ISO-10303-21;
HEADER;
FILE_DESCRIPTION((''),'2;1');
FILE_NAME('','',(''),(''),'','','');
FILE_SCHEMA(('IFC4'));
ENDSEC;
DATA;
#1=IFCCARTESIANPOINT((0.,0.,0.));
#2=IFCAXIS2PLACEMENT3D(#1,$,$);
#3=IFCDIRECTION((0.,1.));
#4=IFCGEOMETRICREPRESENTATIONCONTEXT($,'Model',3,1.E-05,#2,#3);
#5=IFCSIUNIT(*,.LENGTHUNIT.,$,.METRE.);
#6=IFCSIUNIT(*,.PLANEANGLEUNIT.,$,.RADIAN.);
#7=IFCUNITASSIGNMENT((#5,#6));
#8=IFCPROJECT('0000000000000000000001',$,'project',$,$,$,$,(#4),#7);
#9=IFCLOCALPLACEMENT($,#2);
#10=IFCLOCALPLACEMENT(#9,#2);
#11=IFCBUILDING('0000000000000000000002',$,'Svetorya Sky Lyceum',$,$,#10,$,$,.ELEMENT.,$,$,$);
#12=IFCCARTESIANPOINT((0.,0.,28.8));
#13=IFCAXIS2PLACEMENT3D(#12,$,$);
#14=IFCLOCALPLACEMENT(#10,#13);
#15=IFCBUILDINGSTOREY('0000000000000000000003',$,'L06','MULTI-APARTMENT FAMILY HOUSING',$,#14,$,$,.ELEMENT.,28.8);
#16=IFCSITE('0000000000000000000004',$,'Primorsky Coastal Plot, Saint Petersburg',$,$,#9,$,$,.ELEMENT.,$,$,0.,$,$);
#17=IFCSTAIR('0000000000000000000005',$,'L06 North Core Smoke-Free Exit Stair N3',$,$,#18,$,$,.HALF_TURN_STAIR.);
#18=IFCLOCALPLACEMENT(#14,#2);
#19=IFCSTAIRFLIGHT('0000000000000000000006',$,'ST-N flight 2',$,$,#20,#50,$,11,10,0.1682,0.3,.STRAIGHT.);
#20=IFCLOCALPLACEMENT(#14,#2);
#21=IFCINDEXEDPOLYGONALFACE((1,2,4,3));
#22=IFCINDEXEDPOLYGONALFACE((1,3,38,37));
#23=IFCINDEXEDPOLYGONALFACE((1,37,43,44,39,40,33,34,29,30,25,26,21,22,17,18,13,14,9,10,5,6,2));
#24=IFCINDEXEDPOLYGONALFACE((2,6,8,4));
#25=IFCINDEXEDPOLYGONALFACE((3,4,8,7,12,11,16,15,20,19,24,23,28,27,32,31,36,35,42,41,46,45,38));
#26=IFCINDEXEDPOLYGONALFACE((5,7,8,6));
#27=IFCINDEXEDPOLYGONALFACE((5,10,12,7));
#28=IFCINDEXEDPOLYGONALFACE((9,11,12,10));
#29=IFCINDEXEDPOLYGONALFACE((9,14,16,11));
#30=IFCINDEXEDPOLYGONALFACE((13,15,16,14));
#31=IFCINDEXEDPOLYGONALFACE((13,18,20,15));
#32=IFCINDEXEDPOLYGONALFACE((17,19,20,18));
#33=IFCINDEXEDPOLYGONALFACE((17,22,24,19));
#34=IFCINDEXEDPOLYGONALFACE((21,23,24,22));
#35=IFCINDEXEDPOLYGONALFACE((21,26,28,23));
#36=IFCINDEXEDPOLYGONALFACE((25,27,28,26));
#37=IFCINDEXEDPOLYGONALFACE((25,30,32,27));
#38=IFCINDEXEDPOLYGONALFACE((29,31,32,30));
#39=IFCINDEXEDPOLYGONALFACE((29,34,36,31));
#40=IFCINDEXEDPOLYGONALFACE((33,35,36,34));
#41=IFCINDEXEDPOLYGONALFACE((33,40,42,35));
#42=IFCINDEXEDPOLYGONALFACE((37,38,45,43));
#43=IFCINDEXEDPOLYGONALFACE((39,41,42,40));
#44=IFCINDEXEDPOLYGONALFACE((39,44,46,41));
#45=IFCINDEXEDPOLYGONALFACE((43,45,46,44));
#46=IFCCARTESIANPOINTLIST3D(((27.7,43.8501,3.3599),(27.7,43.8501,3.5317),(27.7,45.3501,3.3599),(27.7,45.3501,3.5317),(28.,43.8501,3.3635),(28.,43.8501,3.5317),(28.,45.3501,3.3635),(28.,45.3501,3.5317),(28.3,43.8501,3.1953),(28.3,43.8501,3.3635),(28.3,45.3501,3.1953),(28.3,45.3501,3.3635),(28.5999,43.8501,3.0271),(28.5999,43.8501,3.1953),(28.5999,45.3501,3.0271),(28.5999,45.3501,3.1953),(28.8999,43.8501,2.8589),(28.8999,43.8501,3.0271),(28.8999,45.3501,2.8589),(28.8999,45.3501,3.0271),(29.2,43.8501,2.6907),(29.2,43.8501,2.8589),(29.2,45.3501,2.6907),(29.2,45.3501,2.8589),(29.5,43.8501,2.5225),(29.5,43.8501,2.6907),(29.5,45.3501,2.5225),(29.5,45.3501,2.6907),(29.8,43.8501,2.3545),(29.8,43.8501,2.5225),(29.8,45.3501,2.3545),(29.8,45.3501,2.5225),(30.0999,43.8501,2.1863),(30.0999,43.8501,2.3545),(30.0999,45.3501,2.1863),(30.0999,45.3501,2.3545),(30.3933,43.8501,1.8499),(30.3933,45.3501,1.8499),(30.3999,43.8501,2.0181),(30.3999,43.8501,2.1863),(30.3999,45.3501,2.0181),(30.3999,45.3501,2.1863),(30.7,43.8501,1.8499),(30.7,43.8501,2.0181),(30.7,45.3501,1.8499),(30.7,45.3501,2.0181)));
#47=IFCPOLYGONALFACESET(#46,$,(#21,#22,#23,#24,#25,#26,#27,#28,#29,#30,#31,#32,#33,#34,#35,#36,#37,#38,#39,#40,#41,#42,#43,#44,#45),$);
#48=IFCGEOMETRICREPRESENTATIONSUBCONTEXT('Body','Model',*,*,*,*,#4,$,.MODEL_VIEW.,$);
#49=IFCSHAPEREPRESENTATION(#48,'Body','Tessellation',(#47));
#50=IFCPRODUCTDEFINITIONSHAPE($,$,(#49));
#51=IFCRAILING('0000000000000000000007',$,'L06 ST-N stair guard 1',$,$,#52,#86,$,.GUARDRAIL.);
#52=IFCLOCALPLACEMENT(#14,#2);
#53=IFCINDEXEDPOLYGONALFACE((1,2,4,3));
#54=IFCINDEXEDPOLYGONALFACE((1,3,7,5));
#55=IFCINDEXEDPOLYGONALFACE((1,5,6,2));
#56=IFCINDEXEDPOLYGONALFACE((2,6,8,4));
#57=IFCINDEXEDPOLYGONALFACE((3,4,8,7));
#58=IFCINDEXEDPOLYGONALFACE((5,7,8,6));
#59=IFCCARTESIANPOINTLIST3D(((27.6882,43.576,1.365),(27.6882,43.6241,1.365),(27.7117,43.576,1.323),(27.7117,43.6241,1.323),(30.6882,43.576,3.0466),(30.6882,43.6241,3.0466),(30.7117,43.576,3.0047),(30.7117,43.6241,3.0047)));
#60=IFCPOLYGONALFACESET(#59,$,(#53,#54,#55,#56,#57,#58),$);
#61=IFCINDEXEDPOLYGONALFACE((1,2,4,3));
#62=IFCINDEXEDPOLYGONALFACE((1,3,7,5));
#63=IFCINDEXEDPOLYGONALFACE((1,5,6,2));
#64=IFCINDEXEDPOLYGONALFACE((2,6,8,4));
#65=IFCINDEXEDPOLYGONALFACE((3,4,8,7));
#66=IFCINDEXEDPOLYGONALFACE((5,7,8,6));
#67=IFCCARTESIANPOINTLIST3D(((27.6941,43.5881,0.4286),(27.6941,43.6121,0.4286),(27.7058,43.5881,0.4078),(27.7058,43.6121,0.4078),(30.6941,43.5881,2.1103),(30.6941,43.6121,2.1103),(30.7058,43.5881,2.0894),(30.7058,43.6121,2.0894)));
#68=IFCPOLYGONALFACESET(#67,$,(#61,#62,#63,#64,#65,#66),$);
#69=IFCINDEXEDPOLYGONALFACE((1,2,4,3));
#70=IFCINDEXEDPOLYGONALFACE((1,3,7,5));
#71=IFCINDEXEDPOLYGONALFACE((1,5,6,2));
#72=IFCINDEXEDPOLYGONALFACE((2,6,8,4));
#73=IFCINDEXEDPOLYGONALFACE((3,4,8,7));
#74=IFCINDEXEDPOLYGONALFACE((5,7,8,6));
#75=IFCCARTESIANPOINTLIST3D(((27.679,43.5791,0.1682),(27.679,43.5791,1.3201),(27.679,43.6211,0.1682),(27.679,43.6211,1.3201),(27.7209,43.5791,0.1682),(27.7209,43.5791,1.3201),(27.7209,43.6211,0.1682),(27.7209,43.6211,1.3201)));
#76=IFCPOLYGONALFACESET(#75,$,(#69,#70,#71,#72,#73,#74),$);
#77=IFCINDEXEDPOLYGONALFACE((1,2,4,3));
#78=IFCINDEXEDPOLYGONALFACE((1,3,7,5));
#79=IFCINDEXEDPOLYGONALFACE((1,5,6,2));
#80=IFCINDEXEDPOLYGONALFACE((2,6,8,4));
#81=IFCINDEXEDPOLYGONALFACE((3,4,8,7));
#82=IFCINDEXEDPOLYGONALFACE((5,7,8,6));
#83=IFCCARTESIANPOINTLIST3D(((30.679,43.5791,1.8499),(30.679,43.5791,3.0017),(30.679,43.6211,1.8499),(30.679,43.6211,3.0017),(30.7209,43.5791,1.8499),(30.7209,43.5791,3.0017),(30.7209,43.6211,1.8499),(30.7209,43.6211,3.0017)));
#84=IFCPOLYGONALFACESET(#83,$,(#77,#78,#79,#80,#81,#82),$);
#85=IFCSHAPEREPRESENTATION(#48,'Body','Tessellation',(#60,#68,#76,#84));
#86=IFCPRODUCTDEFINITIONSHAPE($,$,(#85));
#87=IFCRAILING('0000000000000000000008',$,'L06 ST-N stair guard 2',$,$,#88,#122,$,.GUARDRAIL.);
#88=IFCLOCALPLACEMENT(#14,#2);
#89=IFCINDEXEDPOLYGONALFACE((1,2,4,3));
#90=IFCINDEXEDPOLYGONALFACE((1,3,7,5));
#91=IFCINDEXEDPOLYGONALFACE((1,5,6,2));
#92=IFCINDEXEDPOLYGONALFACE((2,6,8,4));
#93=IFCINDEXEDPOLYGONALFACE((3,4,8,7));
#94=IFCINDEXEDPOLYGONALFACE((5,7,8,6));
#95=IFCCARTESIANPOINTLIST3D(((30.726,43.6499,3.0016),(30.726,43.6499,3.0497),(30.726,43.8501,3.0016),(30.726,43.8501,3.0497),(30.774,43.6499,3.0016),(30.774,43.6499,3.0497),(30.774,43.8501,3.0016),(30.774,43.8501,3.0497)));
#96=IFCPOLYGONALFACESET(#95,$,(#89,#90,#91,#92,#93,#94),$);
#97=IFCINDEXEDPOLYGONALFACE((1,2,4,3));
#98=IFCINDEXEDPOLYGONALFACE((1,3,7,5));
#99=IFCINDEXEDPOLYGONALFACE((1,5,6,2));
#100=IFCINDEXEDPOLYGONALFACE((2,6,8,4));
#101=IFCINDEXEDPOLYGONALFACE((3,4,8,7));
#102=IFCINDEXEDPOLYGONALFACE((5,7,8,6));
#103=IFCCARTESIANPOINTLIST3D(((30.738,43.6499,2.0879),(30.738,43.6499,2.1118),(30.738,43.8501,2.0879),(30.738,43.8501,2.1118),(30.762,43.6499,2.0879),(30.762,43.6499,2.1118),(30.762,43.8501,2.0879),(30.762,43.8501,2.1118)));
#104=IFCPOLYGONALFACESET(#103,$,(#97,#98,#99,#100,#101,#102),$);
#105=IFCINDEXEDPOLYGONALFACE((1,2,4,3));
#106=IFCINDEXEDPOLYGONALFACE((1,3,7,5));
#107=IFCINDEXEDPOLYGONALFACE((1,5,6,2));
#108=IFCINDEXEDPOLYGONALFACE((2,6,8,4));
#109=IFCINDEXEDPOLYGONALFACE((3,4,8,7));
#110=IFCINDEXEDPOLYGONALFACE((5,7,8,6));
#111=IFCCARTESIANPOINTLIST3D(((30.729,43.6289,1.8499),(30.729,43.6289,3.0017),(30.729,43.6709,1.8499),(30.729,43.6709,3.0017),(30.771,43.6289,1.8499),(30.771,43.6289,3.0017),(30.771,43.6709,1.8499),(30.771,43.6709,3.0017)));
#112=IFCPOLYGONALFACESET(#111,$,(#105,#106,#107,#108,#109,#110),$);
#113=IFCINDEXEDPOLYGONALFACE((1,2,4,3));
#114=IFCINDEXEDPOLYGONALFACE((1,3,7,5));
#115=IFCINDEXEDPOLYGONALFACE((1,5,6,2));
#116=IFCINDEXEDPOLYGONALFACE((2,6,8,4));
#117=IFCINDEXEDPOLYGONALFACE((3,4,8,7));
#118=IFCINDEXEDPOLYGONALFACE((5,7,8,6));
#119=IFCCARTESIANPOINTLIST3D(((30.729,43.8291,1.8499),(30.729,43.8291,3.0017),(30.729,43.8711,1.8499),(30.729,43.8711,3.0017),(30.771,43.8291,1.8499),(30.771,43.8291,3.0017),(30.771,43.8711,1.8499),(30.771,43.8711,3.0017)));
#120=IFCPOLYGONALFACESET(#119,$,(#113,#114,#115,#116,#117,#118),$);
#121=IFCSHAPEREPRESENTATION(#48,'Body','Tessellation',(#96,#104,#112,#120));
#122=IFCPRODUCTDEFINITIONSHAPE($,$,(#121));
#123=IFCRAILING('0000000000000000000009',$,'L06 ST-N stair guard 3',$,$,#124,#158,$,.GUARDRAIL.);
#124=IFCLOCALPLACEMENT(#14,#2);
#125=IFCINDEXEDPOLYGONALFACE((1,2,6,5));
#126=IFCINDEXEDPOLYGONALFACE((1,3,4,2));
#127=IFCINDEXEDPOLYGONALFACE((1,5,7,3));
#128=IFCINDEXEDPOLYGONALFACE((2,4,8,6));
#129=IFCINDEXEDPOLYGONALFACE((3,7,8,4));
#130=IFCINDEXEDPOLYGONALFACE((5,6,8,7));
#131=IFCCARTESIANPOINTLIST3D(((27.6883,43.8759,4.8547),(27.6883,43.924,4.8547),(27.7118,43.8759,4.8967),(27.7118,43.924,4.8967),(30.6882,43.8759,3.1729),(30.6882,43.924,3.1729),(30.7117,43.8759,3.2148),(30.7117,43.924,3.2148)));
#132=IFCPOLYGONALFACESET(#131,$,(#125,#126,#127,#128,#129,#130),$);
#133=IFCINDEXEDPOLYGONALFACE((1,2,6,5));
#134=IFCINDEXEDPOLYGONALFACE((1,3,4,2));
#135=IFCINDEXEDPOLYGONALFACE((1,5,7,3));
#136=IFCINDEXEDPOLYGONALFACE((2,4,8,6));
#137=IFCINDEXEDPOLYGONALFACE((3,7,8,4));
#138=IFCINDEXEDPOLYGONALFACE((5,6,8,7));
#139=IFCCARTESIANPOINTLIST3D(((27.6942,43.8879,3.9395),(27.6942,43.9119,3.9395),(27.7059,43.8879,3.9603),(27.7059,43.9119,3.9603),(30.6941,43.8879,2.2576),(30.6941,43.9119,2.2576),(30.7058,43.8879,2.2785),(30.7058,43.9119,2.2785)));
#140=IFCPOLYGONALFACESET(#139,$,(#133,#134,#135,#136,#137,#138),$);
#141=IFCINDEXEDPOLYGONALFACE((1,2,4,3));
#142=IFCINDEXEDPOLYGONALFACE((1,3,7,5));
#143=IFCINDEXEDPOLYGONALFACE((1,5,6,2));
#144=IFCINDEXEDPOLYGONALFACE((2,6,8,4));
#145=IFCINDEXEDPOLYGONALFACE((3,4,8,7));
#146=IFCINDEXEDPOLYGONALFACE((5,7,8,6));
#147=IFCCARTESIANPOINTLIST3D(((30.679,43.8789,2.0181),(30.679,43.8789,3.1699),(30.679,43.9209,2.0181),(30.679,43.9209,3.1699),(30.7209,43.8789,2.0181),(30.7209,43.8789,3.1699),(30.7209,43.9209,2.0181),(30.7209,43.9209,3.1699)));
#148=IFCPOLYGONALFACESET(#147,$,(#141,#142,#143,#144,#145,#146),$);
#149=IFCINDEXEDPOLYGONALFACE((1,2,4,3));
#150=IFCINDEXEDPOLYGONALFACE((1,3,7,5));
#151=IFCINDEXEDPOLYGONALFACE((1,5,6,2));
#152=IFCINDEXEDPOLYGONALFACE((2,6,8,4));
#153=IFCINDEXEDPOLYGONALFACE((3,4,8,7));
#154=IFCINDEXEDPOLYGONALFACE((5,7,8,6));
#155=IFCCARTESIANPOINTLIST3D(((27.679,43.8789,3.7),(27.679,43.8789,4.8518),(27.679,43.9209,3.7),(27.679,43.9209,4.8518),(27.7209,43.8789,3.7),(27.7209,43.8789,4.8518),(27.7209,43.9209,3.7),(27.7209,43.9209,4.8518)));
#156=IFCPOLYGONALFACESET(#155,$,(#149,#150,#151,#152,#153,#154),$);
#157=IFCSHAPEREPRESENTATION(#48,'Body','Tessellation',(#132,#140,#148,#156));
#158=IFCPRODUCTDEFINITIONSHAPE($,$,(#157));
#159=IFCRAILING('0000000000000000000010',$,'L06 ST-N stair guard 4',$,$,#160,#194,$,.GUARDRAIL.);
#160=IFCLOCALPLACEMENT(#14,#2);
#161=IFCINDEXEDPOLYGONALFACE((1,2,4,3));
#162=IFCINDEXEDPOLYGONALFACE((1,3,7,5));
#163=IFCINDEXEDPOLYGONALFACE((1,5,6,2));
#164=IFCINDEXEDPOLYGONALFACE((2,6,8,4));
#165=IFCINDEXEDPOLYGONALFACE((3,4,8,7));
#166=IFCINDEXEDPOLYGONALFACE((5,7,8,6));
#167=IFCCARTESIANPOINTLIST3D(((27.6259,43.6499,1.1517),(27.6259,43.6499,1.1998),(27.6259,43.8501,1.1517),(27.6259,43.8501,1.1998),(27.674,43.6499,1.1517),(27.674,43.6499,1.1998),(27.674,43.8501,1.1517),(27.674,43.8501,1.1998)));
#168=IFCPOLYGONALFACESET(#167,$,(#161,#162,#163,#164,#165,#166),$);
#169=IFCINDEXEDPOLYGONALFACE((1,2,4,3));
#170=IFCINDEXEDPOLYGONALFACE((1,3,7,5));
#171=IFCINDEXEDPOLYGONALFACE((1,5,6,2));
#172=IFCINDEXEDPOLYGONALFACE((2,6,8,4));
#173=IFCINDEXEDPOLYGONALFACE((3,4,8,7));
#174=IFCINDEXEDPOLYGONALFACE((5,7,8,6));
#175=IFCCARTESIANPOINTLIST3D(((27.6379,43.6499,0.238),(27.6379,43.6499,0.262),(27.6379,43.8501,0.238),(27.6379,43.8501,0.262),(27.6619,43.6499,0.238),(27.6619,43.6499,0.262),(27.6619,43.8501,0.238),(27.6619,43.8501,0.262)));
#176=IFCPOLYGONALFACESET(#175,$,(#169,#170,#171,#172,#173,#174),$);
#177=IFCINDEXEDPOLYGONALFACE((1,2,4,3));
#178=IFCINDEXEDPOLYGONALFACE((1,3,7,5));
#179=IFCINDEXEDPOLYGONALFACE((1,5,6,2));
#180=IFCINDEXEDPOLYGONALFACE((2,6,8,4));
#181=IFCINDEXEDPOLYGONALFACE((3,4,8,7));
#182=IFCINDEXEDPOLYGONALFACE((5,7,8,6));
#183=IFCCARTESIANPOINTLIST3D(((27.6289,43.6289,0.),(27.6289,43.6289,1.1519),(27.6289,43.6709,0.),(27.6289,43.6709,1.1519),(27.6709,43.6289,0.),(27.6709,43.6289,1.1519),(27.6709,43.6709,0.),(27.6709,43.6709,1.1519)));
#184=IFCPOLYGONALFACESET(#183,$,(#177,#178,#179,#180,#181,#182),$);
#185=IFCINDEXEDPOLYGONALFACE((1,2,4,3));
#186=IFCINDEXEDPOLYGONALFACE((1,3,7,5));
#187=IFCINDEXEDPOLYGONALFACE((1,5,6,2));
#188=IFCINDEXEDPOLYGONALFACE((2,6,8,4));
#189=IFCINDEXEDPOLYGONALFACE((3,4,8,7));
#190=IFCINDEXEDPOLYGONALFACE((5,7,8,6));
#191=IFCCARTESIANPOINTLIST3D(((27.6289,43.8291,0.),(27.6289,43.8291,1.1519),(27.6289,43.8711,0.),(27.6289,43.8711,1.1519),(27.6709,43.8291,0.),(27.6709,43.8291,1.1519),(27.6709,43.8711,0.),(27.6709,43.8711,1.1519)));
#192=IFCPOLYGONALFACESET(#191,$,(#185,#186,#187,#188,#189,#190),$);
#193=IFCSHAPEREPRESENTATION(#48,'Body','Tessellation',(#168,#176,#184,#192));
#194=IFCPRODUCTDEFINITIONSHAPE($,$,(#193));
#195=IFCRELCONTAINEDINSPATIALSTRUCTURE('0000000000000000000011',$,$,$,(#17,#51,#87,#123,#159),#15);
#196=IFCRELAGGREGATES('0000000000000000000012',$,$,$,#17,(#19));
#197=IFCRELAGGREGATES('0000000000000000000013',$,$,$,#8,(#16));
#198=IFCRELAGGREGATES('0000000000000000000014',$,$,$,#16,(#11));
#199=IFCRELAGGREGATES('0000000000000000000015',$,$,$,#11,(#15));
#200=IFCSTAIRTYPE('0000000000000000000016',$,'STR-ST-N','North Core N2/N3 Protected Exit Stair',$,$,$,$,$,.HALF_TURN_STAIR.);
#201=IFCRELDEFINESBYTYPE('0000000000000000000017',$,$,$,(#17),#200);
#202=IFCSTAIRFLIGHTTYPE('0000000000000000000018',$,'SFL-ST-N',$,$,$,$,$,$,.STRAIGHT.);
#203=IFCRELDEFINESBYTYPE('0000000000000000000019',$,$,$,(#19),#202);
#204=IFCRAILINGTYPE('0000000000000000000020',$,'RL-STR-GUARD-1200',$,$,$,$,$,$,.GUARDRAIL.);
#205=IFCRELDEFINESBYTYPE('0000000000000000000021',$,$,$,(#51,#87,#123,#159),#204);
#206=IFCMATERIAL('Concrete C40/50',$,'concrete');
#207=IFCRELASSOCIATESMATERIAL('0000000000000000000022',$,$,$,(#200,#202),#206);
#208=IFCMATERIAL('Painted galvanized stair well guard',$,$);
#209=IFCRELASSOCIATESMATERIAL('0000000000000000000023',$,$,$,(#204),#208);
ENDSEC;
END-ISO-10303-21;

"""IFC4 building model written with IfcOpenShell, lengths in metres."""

from ifc_helpers import new_model, si_unit, direction, frame, origin, origin_2d, place, context, subcontext, project, spatial, polyline, rectangle, outline, extrude, material, type_object, element, aggregate, save


model = new_model("IFC4")

# Units and contexts
model_context = context("Model", 3, precision=1e-05, world=origin(), true_north=direction((0.0, 1.0)))
body_context = subcontext(model_context, "Body", "Model", "MODEL_VIEW")
ifc_project = project(units=[si_unit("LENGTHUNIT", "METRE"), si_unit("PLANEANGLEUNIT", "RADIAN")], contexts=[model_context])

# Site, building, storey
site_placement = place(None, origin())
site = spatial("IfcSite", under=ifc_project, at=site_placement, Name="Primorsky Coastal Plot, Saint Petersburg", CompositionType="ELEMENT", RefElevation=0.0)
building_placement = place(site_placement, origin())
building = spatial("IfcBuilding", under=site, at=building_placement, Name="Svetorya Sky Lyceum", CompositionType="ELEMENT")
storey_placement = place(building_placement, frame((0.0, 0.0, 28.8)))
storey = spatial("IfcBuildingStorey", under=building, at=storey_placement, Name="L06", Description="MULTI-APARTMENT FAMILY HOUSING", CompositionType="ELEMENT", Elevation=28.8)

# Stair, stair flight
ifc_material_1 = material(Name="Concrete C40/50", Category="concrete")
stair_type = type_object("IfcStairType", Name="STR-ST-N", Description="North Core N2/N3 Protected Exit Stair", PredefinedType="HALF_TURN_STAIR", material=ifc_material_1)
stair_placement = place(storey_placement, origin())
stair = element("IfcStair", 1, at=stair_placement, inside=storey, type_object=stair_type, Name="L06 North Core Smoke-Free Exit Stair N3", PredefinedType="HALF_TURN_STAIR")
stair_flight_type = type_object("IfcStairFlightType", Name="SFL-ST-N", PredefinedType="STRAIGHT", material=ifc_material_1)
stair_flight_1_placement = place(storey_placement, frame((30.7, 44.6001, 1.8499), z_axis=(0.0, 0.0, 1.0), x_axis=(-1.0, 0.0, 0.0)))
stair_flight_1 = element("IfcStairFlight", 2, at=stair_flight_1_placement, type_object=stair_flight_type, Name="ST-N flight 2", NumberOfRisers=11, NumberOfTreads=10, PredefinedType="STRAIGHT", RiserHeight=0.1682, TreadLength=0.3, context=body_context, shape_type="SweptSolid", body=[
    extrude(outline(polyline([(0.0, 0.0), (0.0, 0.1682), (0.3, 0.1682), (0.3, 0.3364), (0.6001, 0.3364), (0.6001, 0.5046), (0.8999, 0.5046), (0.8999, 0.6726), (1.2, 0.6726), (1.2, 0.8408), (1.5, 0.8408), (1.5, 1.009), (1.8, 1.009), (1.8, 1.1772), (2.1001, 1.1772), (2.1001, 1.3455), (2.3999, 1.3455), (2.3999, 1.5137), (2.7, 1.5137), (2.7, 1.6819), (3.0, 1.6819), (3.0, 1.8501), (3.0, 1.51), (0.3066, 0.0), (0.0, 0.0)])), frame((0.0, 0.75, 0.0), z_axis=(0.0, -1.0, 0.0), x_axis=(1.0, 0.0, 0.0)), (0.0, 0.0, 1.0), 1.5),
])
aggregate(stair, [stair_flight_1])

# Railings
ifc_material_2 = material(Name="Painted galvanized stair well guard")
railing_type_1 = type_object("IfcRailingType", Name="RL-STR-GUARD-1200", PredefinedType="GUARDRAIL", material=ifc_material_2)
railing_1_placement = place(storey_placement, frame((27.7, 43.6001, 0.1682)))
element("IfcRailing", 3, at=railing_1_placement, inside=storey, type_object=railing_type_1, Name="L06 ST-N stair guard 1", PredefinedType="GUARDRAIL", context=body_context, shape_type="SweptSolid", body=[
    extrude(rectangle(XDim=0.0481, YDim=0.0481, at=origin_2d()), frame((0.0, 0.0, 1.1758), z_axis=(0.872303, 0.0, 0.488966), x_axis=(0.0, 1.0, 0.0)), (0.0, 0.0, 1.0), 3.4392),
    extrude(rectangle(XDim=0.0239, YDim=0.0239, at=origin_2d()), frame((0.0, 0.0, 0.25), z_axis=(0.872303, 0.0, 0.488966), x_axis=(0.0, 1.0, 0.0)), (0.0, 0.0, 1.0), 3.4392),
    extrude(rectangle(XDim=0.042, YDim=0.042, at=origin_2d()), origin(), (0.0, 0.0, 1.0), 1.1519),
    extrude(rectangle(XDim=0.042, YDim=0.042, at=origin_2d()), frame((3.0, 0.0, 1.6816)), (0.0, 0.0, 1.0), 1.1519),
])
railing_2_placement = place(storey_placement, frame((30.75, 43.6499, 1.8499)))
element("IfcRailing", 4, at=railing_2_placement, inside=storey, type_object=railing_type_1, Name="L06 ST-N stair guard 2", PredefinedType="GUARDRAIL", context=body_context, shape_type="SweptSolid", body=[
    extrude(rectangle(XDim=0.0481, YDim=0.0481, at=origin_2d()), frame((0.0, 0.0, 1.1758), z_axis=(0.0, 1.0, 0.0), x_axis=(-1.0, 0.0, 0.0)), (0.0, 0.0, 1.0), 0.2002),
    extrude(rectangle(XDim=0.0239, YDim=0.0239, at=origin_2d()), frame((0.0, 0.0, 0.25), z_axis=(0.0, 1.0, 0.0), x_axis=(-1.0, 0.0, 0.0)), (0.0, 0.0, 1.0), 0.2002),
    extrude(rectangle(XDim=0.042, YDim=0.042, at=origin_2d()), origin(), (0.0, 0.0, 1.0), 1.1519),
    extrude(rectangle(XDim=0.042, YDim=0.042, at=origin_2d()), frame((0.0, 0.2002, 0.0)), (0.0, 0.0, 1.0), 1.1519),
])
railing_3_placement = place(storey_placement, frame((30.7, 43.8999, 2.0181)))
element("IfcRailing", 5, at=railing_3_placement, inside=storey, type_object=railing_type_1, Name="L06 ST-N stair guard 3", PredefinedType="GUARDRAIL", context=body_context, shape_type="SweptSolid", body=[
    extrude(rectangle(XDim=0.0481, YDim=0.0481, at=origin_2d()), frame((0.0, 0.0, 1.1758), z_axis=(-0.872272, 0.0, 0.48902), x_axis=(0.0, -1.0, 0.0)), (0.0, 0.0, 1.0), 3.4392),
    extrude(rectangle(XDim=0.0239, YDim=0.0239, at=origin_2d()), frame((0.0, 0.0, 0.25), z_axis=(-0.872272, 0.0, 0.48902), x_axis=(0.0, -1.0, 0.0)), (0.0, 0.0, 1.0), 3.4392),
    extrude(rectangle(XDim=0.042, YDim=0.042, at=origin_2d()), origin(), (0.0, 0.0, 1.0), 1.1519),
    extrude(rectangle(XDim=0.042, YDim=0.042, at=origin_2d()), frame((-3.0, 0.0, 1.6819)), (0.0, 0.0, 1.0), 1.1519),
])
railing_4_placement = place(storey_placement, frame((27.6499, 43.6499, 0.0)))
element("IfcRailing", 6, at=railing_4_placement, inside=storey, type_object=railing_type_1, Name="L06 ST-N stair guard 4", PredefinedType="GUARDRAIL", context=body_context, shape_type="SweptSolid", body=[
    extrude(rectangle(XDim=0.0481, YDim=0.0481, at=origin_2d()), frame((0.0, 0.0, 1.1758), z_axis=(0.0, 1.0, 0.0), x_axis=(-1.0, 0.0, 0.0)), (0.0, 0.0, 1.0), 0.2002),
    extrude(rectangle(XDim=0.0239, YDim=0.0239, at=origin_2d()), frame((0.0, 0.0, 0.25), z_axis=(0.0, 1.0, 0.0), x_axis=(-1.0, 0.0, 0.0)), (0.0, 0.0, 1.0), 0.2002),
    extrude(rectangle(XDim=0.042, YDim=0.042, at=origin_2d()), origin(), (0.0, 0.0, 1.0), 1.1519),
    extrude(rectangle(XDim=0.042, YDim=0.042, at=origin_2d()), frame((0.0, 0.2002, 0.0)), (0.0, 0.0, 1.0), 1.1519),
])

save(model, "model.ifc")
